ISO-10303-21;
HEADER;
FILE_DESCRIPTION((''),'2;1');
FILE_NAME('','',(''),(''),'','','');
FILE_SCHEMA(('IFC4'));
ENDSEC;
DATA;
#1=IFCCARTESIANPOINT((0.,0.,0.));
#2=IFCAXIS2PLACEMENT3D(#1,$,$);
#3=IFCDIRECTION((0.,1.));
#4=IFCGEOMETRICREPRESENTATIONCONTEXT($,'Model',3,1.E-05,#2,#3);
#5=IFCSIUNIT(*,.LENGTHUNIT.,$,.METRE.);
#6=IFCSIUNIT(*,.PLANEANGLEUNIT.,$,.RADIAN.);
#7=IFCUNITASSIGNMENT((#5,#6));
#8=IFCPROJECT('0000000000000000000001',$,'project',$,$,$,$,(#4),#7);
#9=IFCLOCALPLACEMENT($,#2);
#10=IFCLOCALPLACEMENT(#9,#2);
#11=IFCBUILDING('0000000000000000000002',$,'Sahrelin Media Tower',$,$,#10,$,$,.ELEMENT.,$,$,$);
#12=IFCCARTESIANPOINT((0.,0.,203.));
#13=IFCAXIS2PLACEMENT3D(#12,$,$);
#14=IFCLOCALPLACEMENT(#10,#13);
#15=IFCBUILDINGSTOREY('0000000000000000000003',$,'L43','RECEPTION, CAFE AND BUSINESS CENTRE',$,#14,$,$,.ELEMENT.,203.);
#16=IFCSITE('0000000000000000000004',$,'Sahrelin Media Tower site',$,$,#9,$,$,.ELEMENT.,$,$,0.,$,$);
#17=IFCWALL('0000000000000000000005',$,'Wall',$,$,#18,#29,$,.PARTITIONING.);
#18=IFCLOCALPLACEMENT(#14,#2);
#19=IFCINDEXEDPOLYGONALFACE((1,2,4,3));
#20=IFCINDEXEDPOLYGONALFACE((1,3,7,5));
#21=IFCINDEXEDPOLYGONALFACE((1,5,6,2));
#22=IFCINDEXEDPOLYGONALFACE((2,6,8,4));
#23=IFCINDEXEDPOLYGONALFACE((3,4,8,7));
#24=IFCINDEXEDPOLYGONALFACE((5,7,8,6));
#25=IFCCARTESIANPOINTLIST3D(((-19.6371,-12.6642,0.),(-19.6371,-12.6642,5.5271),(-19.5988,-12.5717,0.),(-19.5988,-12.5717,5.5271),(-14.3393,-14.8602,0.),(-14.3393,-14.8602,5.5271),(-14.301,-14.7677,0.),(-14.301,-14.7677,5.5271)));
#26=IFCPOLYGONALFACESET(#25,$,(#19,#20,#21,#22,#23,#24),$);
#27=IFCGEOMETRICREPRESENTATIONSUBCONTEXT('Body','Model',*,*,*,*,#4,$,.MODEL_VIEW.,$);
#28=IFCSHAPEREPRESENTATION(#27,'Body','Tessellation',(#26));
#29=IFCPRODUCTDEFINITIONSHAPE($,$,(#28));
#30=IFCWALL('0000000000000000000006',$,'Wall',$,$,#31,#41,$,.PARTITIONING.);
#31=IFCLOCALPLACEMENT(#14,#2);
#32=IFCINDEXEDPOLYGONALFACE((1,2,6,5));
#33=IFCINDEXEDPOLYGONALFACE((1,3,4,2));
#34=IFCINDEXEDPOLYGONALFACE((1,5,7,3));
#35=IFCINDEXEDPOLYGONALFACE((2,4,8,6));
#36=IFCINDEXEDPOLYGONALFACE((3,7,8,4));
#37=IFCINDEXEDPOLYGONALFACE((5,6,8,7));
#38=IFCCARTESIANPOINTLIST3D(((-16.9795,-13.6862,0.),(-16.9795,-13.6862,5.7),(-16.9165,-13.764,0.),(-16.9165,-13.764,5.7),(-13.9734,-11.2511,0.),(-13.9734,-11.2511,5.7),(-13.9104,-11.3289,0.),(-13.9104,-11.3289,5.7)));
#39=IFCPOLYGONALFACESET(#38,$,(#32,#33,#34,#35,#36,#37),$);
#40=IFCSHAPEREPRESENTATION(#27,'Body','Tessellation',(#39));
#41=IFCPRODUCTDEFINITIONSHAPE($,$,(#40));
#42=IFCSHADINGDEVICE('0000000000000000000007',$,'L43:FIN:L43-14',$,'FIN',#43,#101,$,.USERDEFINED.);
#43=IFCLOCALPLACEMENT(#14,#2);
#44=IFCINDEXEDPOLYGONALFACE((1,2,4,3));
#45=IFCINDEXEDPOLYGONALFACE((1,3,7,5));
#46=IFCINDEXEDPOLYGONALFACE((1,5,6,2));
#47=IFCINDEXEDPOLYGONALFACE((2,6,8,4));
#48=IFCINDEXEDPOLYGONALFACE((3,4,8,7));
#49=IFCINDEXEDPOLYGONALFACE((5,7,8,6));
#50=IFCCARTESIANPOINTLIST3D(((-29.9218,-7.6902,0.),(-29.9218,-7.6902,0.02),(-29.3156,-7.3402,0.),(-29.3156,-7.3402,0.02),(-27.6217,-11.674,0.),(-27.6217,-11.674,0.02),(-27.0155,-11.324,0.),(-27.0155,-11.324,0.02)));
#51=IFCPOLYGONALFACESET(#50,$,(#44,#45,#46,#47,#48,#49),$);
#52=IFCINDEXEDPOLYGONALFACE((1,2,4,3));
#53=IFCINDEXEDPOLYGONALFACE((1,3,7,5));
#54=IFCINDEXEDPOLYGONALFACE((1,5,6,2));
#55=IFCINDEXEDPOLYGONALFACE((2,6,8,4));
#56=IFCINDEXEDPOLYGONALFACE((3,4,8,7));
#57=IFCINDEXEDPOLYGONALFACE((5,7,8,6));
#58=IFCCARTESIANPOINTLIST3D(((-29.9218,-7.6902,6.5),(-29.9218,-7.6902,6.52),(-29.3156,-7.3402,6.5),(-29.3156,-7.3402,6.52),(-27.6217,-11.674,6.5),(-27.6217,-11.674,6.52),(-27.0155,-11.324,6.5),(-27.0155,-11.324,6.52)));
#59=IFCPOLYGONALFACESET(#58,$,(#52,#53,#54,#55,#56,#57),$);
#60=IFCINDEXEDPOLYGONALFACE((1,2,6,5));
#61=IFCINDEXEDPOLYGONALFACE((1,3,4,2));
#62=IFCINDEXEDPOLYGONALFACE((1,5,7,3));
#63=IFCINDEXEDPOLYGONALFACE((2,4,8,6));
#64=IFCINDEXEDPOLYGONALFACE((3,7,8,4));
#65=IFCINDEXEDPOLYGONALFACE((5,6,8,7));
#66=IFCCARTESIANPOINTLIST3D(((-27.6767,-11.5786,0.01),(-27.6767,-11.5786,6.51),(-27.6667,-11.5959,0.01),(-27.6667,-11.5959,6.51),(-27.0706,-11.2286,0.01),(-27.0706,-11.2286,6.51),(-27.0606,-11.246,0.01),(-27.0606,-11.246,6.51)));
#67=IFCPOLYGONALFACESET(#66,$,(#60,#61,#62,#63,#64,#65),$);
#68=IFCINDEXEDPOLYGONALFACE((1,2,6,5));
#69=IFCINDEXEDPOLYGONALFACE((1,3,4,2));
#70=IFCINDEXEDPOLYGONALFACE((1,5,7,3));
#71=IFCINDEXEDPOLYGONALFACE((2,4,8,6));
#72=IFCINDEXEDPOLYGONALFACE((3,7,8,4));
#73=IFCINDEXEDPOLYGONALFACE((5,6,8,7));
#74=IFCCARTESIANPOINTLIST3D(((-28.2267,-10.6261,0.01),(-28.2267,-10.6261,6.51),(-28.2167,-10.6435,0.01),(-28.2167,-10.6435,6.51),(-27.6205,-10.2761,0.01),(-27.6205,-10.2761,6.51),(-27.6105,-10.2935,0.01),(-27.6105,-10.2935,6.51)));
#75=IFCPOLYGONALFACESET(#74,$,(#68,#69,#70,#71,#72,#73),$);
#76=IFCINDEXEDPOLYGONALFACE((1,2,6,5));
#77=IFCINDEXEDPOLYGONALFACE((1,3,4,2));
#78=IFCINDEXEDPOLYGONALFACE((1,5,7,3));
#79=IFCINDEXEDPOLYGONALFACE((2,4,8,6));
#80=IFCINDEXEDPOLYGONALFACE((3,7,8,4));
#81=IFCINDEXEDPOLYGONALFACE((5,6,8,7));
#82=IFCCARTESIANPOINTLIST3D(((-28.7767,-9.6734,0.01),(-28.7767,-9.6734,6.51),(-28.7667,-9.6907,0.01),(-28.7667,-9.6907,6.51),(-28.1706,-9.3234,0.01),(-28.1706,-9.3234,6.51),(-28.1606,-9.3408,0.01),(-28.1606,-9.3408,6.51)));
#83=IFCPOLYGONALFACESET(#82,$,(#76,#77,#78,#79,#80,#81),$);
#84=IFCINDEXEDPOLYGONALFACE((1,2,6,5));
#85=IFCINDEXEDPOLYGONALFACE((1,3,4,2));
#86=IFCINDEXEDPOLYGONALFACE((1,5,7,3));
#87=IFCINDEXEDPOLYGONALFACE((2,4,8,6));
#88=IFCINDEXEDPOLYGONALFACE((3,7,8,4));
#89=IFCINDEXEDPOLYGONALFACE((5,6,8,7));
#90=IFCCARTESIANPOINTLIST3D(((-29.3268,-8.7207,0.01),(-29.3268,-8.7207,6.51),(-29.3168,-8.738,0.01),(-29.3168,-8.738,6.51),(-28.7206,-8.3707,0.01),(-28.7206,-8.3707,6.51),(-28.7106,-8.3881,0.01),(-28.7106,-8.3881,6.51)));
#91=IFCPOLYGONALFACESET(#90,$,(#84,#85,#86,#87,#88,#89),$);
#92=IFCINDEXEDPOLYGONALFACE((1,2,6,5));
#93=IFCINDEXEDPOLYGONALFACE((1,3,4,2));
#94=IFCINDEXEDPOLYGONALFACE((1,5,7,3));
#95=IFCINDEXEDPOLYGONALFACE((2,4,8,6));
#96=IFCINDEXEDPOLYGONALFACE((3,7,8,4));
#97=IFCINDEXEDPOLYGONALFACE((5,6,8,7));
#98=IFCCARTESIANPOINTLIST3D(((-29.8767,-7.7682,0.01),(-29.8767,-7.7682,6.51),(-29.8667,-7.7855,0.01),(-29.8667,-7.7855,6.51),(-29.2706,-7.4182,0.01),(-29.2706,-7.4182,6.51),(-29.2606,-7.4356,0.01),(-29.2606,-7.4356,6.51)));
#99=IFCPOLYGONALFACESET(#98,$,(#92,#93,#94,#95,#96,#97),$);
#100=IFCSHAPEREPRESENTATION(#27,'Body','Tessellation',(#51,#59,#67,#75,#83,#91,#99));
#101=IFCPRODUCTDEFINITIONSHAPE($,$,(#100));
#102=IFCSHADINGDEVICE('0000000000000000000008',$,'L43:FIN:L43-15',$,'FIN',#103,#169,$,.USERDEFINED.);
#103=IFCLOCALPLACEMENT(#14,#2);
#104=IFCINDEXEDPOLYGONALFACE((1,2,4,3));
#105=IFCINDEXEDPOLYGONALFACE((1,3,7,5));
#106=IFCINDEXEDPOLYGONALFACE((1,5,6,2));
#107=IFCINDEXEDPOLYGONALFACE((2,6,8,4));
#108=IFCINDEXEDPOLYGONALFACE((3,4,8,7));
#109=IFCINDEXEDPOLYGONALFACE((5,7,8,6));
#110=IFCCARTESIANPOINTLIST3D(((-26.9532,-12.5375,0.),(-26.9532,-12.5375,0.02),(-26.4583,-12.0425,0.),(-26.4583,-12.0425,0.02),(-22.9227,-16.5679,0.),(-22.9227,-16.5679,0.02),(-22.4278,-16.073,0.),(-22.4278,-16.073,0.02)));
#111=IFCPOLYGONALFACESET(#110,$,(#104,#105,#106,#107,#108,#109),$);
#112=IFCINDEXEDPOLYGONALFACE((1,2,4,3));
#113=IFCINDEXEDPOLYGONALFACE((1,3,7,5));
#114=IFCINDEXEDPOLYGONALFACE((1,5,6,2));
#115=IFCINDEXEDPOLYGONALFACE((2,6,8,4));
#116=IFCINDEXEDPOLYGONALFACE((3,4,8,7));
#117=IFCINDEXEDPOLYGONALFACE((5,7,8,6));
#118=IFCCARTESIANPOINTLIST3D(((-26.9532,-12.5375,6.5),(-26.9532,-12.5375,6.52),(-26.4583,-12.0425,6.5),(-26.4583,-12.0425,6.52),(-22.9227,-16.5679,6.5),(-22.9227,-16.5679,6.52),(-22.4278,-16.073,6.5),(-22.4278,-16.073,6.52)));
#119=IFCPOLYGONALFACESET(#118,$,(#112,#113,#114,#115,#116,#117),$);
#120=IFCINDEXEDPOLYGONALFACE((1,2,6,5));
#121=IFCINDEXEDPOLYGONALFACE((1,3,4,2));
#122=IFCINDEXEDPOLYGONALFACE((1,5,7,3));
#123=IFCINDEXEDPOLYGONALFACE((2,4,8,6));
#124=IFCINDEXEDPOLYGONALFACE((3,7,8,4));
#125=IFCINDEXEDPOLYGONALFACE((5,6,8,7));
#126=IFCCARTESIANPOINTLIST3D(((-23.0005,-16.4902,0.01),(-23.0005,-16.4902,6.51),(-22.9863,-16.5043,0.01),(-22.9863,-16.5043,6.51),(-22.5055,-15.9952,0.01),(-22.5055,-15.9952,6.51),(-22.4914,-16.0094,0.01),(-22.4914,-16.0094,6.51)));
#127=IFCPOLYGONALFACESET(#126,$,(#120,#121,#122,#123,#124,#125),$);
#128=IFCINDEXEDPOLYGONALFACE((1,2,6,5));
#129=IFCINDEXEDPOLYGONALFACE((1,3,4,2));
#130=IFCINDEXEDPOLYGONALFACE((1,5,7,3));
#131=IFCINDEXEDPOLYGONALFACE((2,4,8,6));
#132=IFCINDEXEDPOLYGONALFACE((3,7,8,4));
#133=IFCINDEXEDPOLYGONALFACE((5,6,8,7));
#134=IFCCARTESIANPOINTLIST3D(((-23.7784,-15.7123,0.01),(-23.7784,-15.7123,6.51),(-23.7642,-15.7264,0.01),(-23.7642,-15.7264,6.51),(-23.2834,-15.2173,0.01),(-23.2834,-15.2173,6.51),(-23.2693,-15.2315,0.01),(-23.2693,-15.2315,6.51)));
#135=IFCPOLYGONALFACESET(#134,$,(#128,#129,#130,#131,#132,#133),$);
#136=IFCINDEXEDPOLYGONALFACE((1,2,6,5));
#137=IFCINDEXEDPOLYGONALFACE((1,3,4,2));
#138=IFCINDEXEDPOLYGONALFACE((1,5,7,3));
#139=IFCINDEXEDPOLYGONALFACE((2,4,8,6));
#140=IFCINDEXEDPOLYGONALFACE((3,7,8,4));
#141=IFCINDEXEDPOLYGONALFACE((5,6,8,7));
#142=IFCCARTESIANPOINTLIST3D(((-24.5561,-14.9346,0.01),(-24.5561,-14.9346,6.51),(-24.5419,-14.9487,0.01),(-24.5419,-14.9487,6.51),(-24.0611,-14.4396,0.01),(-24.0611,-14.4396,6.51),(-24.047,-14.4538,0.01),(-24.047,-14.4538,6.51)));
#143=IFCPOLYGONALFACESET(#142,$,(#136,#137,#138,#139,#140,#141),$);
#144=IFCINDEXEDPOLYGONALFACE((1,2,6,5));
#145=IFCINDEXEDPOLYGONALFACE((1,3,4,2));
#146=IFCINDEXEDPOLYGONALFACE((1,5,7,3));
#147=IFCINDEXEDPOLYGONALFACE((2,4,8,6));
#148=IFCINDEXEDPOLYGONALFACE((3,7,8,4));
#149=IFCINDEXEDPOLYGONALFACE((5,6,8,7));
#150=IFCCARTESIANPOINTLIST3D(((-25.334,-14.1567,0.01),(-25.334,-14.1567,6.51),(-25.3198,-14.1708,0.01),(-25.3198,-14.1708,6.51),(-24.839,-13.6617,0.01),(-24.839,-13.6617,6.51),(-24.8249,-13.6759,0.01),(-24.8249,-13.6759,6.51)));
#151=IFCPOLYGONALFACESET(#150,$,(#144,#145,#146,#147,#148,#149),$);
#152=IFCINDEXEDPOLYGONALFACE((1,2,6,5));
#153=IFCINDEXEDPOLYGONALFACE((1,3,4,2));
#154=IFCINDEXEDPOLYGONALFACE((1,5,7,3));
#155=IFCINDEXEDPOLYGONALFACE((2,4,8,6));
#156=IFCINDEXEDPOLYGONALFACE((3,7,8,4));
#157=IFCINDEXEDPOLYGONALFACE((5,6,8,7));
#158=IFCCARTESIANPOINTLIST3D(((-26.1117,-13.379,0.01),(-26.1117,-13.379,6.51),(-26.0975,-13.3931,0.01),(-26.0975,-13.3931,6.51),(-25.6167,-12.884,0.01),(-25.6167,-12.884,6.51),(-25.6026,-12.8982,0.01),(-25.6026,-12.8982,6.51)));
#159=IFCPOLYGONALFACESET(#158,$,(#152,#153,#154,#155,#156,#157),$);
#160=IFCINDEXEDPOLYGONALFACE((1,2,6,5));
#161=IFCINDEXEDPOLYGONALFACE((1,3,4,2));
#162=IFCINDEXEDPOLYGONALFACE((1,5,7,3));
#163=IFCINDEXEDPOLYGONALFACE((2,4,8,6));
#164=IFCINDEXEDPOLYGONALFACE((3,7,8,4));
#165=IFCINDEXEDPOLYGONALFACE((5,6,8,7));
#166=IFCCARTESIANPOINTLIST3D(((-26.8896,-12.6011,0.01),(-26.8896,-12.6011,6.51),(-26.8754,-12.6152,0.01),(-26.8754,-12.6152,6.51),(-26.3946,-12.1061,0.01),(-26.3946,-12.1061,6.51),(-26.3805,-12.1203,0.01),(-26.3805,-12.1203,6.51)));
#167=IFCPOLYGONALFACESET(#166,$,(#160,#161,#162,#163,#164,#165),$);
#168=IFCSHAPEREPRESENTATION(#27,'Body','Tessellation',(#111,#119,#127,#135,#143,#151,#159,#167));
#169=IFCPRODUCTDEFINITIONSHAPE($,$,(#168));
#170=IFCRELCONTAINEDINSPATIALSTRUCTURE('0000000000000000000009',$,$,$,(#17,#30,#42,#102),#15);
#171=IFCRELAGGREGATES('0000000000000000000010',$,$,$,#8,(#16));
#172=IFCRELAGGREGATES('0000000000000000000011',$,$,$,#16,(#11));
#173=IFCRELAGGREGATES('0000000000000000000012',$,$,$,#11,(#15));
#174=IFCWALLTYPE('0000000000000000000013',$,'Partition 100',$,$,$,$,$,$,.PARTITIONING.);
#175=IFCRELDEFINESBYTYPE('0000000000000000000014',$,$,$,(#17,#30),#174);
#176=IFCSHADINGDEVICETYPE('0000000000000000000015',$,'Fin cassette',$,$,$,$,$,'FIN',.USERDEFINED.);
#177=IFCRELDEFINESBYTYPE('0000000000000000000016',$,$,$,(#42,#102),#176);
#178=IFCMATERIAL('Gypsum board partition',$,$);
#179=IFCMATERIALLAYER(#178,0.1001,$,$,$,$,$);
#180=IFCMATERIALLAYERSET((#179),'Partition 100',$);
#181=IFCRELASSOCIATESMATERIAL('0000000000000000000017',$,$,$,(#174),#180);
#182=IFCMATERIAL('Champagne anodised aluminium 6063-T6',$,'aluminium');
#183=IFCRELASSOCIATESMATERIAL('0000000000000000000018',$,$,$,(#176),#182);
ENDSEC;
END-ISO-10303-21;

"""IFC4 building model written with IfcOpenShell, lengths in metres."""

from ifc_helpers import new_model, si_unit, direction, frame, frame_2d, origin, origin_2d, place, context, subcontext, project, spatial, rectangle, extrude, material, layer, layer_set, type_object, element, save


model = new_model("IFC4")

# Units and contexts
model_context = context("Model", 3, precision=1e-05, world=origin(), true_north=direction((0.0, 1.0)))
body_context = subcontext(model_context, "Body", "Model", "MODEL_VIEW")
ifc_project = project(units=[si_unit("LENGTHUNIT", "METRE"), si_unit("PLANEANGLEUNIT", "RADIAN")], contexts=[model_context])

# Site, building, storey
site_placement = place(None, origin())
site = spatial("IfcSite", under=ifc_project, at=site_placement, Name="Sahrelin Media Tower site", CompositionType="ELEMENT", RefElevation=0.0)
building_placement = place(site_placement, origin())
building = spatial("IfcBuilding", under=site, at=building_placement, Name="Sahrelin Media Tower", CompositionType="ELEMENT")
storey_placement = place(building_placement, frame((0.0, 0.0, 203.0)))
storey = spatial("IfcBuildingStorey", under=building, at=storey_placement, Name="L43", Description="RECEPTION, CAFE AND BUSINESS CENTRE", CompositionType="ELEMENT", Elevation=203.0)

# Shared definitions
ifc_material_1 = material(Name="Champagne anodised aluminium 6063-T6", Category="aluminium")

# Walls
ifc_material_2 = material(Name="Gypsum board partition")
ifc_layer_1 = layer(ifc_material_2, 0.1001)
ifc_layer_set_1 = layer_set([ifc_layer_1], Name="Partition 100")
wall_type_1 = type_object("IfcWallType", Name="Partition 100", PredefinedType="PARTITIONING", material=ifc_layer_set_1)
wall_1_placement = place(storey_placement, frame((-19.6179, -12.6179, 0.0), z_axis=(0.0, 0.0, 1.0), x_axis=(0.923781, -0.382922, 0.0)))
element("IfcWall", 1, at=wall_1_placement, inside=storey, type_object=wall_type_1, Name="Wall", PredefinedType="PARTITIONING", context=body_context, shape_type="SweptSolid", body=[
    extrude(rectangle(XDim=5.7349, YDim=0.1001, at=frame_2d((2.8674, 0.0))), origin(), (0.0, 0.0, 1.0), 5.5271),
])
wall_2_placement = place(storey_placement, frame((-16.948, -13.7251, 0.0), z_axis=(0.0, 0.0, 1.0), x_axis=(0.777049, 0.62944, 0.0)))
element("IfcWall", 2, at=wall_2_placement, inside=storey, type_object=wall_type_1, Name="Wall", PredefinedType="PARTITIONING", context=body_context, shape_type="SweptSolid", body=[
    extrude(rectangle(XDim=3.8687, YDim=0.1001, at=frame_2d((1.9343, 0.0))), origin(), (0.0, 0.0, 1.0), 5.7),
])

# Shading devices
shading_device_type_1 = type_object("IfcShadingDeviceType", Name="Fin cassette", ElementType="FIN", PredefinedType="USERDEFINED", material=ifc_material_1)
placement_1 = place(storey_placement, frame((-28.105, -9.2971, 0.0), z_axis=(0.0, 0.0, 1.0), x_axis=(-0.500011, 0.866019, 0.0)))
element("IfcShadingDevice", 3, at=placement_1, inside=storey, type_object=shading_device_type_1, Name="L43:FIN:L43-14", ObjectType="FIN", PredefinedType="USERDEFINED", context=body_context, shape_type="SweptSolid", body=[
    extrude(rectangle(XDim=4.6001, YDim=0.7, at=origin_2d()), frame((0.0, 0.4199, 0.0)), (0.0, 0.0, 1.0), 0.02),
    extrude(rectangle(XDim=4.6001, YDim=0.7, at=origin_2d()), frame((0.0, 0.4199, 6.5)), (0.0, 0.0, 1.0), 0.02),
    extrude(rectangle(XDim=0.02, YDim=0.7, at=origin_2d()), frame((-2.2, 0.4199, 0.01), z_axis=(0.0, 0.0, 1.0), x_axis=(1.0, 0.0, 0.0)), (0.0, 0.0, 1.0), 6.5),
    extrude(rectangle(XDim=0.02, YDim=0.7, at=origin_2d()), frame((-1.1001, 0.4199, 0.01), z_axis=(0.0, 0.0, 1.0), x_axis=(1.0, 0.0, 0.0)), (0.0, 0.0, 1.0), 6.5),
    extrude(rectangle(XDim=0.02, YDim=0.7, at=origin_2d()), frame((0.0, 0.4199, 0.01), z_axis=(0.0, 0.0, 1.0), x_axis=(1.0, 0.0, 0.0)), (0.0, 0.0, 1.0), 6.5),
    extrude(rectangle(XDim=0.02, YDim=0.7, at=origin_2d()), frame((1.1001, 0.4199, 0.01), z_axis=(0.0, 0.0, 1.0), x_axis=(1.0, 0.0, 0.0)), (0.0, 0.0, 1.0), 6.5),
    extrude(rectangle(XDim=0.02, YDim=0.7, at=origin_2d()), frame((2.2, 0.4199, 0.01), z_axis=(0.0, 0.0, 1.0), x_axis=(1.0, 0.0, 0.0)), (0.0, 0.0, 1.0), 6.5),
])
placement_2 = place(storey_placement, frame((-24.3936, -14.0083, 0.0), z_axis=(0.0, 0.0, 1.0), x_axis=(-0.707107, 0.707107, 0.0)))
element("IfcShadingDevice", 4, at=placement_2, inside=storey, type_object=shading_device_type_1, Name="L43:FIN:L43-15", ObjectType="FIN", PredefinedType="USERDEFINED", context=body_context, shape_type="SweptSolid", body=[
    extrude(rectangle(XDim=5.7, YDim=0.7, at=origin_2d()), frame((0.0, 0.4199, 0.0)), (0.0, 0.0, 1.0), 0.02),
    extrude(rectangle(XDim=5.7, YDim=0.7, at=origin_2d()), frame((0.0, 0.4199, 6.5)), (0.0, 0.0, 1.0), 0.02),
    extrude(rectangle(XDim=0.02, YDim=0.7, at=origin_2d()), frame((-2.75, 0.4199, 0.01), z_axis=(0.0, 0.0, 1.0), x_axis=(1.0, 0.0, 0.0)), (0.0, 0.0, 1.0), 6.5),
    extrude(rectangle(XDim=0.02, YDim=0.7, at=origin_2d()), frame((-1.6499, 0.4199, 0.01), z_axis=(0.0, 0.0, 1.0), x_axis=(1.0, 0.0, 0.0)), (0.0, 0.0, 1.0), 6.5),
    extrude(rectangle(XDim=0.02, YDim=0.7, at=origin_2d()), frame((-0.55, 0.4199, 0.01), z_axis=(0.0, 0.0, 1.0), x_axis=(1.0, 0.0, 0.0)), (0.0, 0.0, 1.0), 6.5),
    extrude(rectangle(XDim=0.02, YDim=0.7, at=origin_2d()), frame((0.55, 0.4199, 0.01), z_axis=(0.0, 0.0, 1.0), x_axis=(1.0, 0.0, 0.0)), (0.0, 0.0, 1.0), 6.5),
    extrude(rectangle(XDim=0.02, YDim=0.7, at=origin_2d()), frame((1.6499, 0.4199, 0.01), z_axis=(0.0, 0.0, 1.0), x_axis=(1.0, 0.0, 0.0)), (0.0, 0.0, 1.0), 6.5),
    extrude(rectangle(XDim=0.02, YDim=0.7, at=origin_2d()), frame((2.75, 0.4199, 0.01), z_axis=(0.0, 0.0, 1.0), x_axis=(1.0, 0.0, 0.0)), (0.0, 0.0, 1.0), 6.5),
])

save(model, "model.ifc")
